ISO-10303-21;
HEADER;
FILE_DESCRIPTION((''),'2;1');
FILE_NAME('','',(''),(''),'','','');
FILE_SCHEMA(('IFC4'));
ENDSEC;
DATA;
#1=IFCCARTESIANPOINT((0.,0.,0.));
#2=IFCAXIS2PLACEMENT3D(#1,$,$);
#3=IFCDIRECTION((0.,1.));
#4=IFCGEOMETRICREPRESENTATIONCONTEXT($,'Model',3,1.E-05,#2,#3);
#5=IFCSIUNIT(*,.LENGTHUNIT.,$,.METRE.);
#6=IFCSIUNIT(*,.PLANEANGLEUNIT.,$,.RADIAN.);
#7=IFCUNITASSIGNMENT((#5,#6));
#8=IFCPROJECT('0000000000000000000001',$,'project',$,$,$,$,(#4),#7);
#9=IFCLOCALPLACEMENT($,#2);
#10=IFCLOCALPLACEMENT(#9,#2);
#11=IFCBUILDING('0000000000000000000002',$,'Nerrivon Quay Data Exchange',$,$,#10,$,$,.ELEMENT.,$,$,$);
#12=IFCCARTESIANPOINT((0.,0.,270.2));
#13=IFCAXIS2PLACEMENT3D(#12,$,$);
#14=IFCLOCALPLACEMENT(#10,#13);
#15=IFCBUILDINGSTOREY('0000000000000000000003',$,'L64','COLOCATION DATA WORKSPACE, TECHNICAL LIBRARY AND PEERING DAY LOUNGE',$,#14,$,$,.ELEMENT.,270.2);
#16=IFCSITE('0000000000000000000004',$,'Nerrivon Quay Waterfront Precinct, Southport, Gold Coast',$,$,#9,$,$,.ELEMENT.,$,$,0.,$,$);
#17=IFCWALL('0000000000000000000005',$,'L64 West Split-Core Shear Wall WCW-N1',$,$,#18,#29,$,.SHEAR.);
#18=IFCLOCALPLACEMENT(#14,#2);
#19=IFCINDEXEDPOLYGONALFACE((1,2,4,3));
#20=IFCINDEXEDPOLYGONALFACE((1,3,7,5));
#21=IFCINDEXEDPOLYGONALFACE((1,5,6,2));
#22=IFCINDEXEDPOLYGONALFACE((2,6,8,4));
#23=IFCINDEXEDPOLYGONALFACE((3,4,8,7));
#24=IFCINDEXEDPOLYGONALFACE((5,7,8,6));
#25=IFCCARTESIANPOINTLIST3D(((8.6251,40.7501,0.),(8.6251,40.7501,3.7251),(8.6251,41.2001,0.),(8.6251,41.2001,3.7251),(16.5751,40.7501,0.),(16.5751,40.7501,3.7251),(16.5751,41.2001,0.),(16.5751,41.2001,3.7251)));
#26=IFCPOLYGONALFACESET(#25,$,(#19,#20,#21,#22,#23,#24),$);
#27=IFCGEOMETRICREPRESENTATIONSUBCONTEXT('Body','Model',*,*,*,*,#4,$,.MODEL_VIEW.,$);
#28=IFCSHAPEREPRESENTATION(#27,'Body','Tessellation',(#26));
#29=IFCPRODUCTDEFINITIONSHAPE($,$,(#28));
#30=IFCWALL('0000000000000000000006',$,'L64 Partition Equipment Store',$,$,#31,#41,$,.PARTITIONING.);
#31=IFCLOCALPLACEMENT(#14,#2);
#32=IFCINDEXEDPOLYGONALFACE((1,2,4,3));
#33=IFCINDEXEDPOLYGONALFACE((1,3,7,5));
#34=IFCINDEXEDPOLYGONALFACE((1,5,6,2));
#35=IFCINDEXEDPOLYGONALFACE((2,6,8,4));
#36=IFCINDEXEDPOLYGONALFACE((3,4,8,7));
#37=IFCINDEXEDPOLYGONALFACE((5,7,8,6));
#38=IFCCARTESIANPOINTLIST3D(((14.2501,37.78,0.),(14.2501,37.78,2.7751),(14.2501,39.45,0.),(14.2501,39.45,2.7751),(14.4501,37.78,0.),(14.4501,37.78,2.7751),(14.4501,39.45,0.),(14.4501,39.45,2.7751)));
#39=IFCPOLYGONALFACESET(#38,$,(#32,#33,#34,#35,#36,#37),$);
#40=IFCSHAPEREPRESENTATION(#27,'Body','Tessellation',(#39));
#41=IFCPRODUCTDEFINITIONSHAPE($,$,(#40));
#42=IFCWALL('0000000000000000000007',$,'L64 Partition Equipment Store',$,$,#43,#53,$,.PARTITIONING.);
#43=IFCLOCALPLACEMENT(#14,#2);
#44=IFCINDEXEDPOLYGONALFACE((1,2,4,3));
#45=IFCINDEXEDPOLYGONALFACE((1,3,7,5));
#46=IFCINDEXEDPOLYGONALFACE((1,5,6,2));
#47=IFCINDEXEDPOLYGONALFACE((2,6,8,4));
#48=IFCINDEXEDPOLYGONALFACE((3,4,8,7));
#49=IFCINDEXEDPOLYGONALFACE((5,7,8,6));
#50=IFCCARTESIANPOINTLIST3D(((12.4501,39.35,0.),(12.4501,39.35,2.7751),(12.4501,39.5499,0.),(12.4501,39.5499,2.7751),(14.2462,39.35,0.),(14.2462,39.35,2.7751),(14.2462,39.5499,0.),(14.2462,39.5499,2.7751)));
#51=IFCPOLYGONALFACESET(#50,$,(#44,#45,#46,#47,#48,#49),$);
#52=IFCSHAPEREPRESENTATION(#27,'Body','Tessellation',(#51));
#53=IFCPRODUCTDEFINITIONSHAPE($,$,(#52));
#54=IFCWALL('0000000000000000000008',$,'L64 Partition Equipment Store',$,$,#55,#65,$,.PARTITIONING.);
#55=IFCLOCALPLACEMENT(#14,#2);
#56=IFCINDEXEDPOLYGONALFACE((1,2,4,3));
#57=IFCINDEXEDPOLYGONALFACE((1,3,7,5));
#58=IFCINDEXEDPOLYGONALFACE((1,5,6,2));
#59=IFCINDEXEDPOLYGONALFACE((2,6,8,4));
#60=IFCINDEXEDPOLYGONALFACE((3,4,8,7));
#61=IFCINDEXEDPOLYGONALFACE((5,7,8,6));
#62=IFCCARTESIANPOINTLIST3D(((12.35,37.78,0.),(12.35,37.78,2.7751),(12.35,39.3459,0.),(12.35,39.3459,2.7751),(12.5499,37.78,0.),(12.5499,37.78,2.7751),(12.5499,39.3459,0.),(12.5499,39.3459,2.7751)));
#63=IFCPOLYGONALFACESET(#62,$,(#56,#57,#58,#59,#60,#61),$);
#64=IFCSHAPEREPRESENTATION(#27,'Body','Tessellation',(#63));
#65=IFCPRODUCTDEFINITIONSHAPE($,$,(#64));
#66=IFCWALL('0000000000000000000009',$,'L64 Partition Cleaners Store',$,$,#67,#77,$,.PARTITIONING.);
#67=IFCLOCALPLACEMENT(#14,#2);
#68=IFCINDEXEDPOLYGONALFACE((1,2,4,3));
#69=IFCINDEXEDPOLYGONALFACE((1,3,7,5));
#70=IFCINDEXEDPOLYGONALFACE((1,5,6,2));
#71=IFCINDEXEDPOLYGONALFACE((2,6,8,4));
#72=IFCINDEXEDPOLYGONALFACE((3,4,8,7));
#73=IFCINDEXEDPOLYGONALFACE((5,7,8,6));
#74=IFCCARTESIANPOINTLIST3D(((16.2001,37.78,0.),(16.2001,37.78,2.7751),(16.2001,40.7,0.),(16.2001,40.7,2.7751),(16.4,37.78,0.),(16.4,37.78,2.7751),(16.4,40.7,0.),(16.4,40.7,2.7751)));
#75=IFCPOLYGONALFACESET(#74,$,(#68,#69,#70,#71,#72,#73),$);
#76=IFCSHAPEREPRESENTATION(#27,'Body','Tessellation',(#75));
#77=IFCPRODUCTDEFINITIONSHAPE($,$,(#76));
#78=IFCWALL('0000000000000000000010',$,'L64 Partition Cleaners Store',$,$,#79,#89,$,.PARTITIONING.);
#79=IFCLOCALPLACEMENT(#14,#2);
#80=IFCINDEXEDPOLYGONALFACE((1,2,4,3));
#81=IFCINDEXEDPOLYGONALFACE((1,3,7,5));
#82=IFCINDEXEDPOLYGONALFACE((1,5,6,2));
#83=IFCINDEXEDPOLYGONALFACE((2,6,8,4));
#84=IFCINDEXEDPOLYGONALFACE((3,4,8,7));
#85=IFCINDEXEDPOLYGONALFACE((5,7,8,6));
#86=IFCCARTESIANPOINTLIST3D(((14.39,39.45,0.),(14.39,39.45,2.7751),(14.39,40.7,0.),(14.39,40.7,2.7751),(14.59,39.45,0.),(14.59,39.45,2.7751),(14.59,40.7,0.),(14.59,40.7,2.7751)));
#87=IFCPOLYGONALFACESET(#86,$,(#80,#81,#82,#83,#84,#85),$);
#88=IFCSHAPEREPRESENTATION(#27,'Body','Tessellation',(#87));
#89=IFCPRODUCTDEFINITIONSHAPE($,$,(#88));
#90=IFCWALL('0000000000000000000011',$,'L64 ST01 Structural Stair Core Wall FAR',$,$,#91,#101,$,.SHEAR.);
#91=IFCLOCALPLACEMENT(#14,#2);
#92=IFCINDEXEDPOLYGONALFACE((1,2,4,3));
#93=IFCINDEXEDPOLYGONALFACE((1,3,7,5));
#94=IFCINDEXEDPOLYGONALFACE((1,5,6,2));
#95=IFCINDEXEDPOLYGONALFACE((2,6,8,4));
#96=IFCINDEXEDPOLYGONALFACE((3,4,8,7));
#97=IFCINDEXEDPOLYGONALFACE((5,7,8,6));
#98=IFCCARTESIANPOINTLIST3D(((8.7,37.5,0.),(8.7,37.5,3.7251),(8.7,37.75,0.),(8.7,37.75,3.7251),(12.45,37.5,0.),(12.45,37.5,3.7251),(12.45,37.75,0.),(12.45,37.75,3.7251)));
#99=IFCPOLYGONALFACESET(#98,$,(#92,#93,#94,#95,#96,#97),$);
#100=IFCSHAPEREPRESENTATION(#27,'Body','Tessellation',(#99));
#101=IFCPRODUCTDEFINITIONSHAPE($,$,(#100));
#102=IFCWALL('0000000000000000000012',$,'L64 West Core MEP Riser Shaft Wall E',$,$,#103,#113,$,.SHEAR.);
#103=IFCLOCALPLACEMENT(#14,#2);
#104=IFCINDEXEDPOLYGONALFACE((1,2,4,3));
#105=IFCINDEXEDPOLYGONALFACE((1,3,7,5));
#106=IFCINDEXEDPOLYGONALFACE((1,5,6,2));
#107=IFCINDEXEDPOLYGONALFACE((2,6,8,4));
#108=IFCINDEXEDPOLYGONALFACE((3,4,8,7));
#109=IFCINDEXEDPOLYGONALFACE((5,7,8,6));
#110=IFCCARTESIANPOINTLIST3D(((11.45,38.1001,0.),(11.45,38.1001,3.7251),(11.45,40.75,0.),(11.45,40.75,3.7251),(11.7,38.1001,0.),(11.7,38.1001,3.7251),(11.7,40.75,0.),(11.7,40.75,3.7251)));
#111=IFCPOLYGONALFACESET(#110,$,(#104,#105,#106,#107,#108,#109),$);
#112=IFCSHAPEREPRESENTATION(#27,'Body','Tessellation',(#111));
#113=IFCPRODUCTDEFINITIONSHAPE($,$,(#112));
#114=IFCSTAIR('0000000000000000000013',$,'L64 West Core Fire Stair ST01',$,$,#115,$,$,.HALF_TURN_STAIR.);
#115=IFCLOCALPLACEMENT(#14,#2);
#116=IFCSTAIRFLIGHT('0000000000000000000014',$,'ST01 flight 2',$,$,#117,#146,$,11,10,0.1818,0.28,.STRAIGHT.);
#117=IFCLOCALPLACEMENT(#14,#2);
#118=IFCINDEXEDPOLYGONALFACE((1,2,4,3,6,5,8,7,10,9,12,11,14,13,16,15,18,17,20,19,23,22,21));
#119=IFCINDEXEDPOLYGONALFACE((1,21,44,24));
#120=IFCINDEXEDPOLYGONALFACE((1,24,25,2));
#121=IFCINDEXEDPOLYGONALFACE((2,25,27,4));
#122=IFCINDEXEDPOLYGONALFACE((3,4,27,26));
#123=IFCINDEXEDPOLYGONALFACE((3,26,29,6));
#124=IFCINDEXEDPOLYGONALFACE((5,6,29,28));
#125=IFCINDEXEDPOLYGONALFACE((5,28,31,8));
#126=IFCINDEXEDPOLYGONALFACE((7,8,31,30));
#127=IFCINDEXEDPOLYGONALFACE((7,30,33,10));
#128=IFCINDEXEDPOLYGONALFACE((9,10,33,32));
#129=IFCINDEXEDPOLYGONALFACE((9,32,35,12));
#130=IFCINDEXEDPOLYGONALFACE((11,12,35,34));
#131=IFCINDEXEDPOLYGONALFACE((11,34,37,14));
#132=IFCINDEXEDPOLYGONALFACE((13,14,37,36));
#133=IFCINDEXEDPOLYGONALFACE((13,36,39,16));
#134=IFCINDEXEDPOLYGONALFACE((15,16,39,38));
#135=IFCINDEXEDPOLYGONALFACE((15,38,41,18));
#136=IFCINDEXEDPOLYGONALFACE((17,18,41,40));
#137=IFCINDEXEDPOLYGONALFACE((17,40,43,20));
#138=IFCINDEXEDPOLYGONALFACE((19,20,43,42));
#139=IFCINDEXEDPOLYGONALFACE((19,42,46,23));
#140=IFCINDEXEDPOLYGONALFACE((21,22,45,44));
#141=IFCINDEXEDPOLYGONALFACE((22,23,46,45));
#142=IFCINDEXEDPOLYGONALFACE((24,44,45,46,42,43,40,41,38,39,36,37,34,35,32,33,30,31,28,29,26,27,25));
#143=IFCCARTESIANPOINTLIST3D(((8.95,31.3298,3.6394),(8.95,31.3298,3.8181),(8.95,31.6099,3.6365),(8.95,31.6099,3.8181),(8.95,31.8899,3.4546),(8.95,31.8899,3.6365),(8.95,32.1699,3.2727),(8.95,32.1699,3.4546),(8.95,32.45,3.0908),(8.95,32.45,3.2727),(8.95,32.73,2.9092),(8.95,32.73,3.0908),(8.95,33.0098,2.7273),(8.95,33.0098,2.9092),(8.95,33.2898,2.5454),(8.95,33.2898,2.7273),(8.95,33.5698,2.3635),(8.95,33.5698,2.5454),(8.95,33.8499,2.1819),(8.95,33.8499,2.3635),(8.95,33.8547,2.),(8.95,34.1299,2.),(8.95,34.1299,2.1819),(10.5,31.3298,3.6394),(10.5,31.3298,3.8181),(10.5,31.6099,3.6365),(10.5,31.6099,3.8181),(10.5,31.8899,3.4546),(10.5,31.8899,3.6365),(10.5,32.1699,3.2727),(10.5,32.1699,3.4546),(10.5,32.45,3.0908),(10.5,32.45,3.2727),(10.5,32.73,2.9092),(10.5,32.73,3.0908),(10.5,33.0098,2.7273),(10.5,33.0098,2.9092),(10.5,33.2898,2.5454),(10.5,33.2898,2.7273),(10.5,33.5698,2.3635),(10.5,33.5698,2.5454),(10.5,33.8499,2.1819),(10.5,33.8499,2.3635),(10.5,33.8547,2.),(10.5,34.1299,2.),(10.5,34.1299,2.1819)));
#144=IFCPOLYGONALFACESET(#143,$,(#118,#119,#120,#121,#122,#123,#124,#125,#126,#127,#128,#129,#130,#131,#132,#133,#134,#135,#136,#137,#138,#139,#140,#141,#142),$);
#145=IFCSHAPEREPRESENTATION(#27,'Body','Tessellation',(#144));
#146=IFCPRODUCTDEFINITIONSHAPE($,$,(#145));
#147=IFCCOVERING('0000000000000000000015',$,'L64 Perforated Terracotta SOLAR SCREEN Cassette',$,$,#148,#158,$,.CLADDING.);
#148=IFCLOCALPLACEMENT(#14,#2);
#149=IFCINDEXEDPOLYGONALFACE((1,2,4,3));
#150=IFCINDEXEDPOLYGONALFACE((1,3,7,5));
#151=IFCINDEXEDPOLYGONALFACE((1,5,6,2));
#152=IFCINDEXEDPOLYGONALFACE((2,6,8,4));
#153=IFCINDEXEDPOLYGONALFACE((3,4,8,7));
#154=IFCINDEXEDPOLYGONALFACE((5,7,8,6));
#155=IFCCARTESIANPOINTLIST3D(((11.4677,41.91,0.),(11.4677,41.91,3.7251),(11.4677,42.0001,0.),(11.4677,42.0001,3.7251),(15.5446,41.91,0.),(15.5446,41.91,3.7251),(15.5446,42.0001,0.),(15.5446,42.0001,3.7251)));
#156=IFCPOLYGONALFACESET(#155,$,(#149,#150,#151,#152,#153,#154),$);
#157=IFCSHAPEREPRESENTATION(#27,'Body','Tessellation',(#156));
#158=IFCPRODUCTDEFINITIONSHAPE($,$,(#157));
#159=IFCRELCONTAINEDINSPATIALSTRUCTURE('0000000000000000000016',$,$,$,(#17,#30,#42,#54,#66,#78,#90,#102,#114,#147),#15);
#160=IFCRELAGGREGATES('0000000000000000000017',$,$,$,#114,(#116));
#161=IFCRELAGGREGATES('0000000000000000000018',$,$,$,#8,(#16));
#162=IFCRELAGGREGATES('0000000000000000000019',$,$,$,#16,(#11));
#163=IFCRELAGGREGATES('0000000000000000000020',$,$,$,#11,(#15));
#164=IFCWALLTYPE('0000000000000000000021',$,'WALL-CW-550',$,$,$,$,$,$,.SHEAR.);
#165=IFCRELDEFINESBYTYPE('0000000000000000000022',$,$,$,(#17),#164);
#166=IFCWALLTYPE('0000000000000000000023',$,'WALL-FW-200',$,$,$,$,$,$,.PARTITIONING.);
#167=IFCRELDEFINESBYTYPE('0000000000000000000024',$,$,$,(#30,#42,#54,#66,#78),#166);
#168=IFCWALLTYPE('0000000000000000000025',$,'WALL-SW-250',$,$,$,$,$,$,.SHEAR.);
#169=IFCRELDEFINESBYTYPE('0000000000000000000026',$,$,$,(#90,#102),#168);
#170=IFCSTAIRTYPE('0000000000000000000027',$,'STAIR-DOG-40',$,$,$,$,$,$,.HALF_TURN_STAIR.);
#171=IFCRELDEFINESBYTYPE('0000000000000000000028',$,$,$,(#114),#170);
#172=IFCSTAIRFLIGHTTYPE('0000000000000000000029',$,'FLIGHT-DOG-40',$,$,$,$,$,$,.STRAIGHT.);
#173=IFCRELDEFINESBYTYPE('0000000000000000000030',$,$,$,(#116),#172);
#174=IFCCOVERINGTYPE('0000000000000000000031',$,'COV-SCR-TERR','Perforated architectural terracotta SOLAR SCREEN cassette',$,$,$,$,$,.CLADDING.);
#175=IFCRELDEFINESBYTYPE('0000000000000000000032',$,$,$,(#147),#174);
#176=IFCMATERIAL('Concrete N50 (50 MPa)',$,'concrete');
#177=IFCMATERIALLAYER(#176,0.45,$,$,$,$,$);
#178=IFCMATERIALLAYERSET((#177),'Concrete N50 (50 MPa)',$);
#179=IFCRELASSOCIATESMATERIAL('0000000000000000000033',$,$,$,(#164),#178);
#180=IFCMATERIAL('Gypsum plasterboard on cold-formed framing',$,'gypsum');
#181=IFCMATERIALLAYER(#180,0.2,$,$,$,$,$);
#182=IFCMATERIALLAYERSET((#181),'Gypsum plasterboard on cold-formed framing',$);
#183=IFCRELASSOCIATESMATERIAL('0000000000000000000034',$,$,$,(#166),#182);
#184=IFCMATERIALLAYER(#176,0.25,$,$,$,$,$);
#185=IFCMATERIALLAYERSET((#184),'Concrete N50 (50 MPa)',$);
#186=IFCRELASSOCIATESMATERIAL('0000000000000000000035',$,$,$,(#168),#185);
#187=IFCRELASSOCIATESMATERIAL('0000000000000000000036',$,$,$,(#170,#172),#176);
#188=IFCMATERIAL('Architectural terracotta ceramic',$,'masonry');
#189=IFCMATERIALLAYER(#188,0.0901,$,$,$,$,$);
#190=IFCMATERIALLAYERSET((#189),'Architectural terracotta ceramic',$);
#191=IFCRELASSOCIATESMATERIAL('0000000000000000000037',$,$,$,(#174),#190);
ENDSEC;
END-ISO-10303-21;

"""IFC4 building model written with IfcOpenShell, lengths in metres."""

from ifc_helpers import new_model, si_unit, direction, frame, frame_2d, origin, origin_2d, place, context, subcontext, project, spatial, polyline, rectangle, outline, extrude, material, layer, layer_set, type_object, element, aggregate, save


model = new_model("IFC4")

# Units and contexts
model_context = context("Model", 3, precision=1e-05, world=origin(), true_north=direction((0.0, 1.0)))
body_context = subcontext(model_context, "Body", "Model", "MODEL_VIEW")
ifc_project = project(units=[si_unit("LENGTHUNIT", "METRE"), si_unit("PLANEANGLEUNIT", "RADIAN")], contexts=[model_context])

# Site, building, storey
site_placement = place(None, origin())
site = spatial("IfcSite", under=ifc_project, at=site_placement, Name="Nerrivon Quay Waterfront Precinct, Southport, Gold Coast", CompositionType="ELEMENT", RefElevation=0.0)
building_placement = place(site_placement, origin())
building = spatial("IfcBuilding", under=site, at=building_placement, Name="Nerrivon Quay Data Exchange", CompositionType="ELEMENT")
storey_placement = place(building_placement, frame((0.0, 0.0, 270.2)))
storey = spatial("IfcBuildingStorey", under=building, at=storey_placement, Name="L64", Description="COLOCATION DATA WORKSPACE, TECHNICAL LIBRARY AND PEERING DAY LOUNGE", CompositionType="ELEMENT", Elevation=270.2)

# Shared definitions
ifc_material_1 = material(Name="Concrete N50 (50 MPa)", Category="concrete")

# Walls
ifc_layer_1 = layer(ifc_material_1, 0.45)
ifc_layer_set_1 = layer_set([ifc_layer_1], Name="Concrete N50 (50 MPa)")
wall_type_1 = type_object("IfcWallType", Name="WALL-CW-550", PredefinedType="SHEAR", material=ifc_layer_set_1)
wall_1_placement = place(storey_placement, frame((8.625, 40.9751, 0.0), z_axis=(0.0, 0.0, 1.0), x_axis=(1.0, 0.0, 0.0)))
element("IfcWall", 1, at=wall_1_placement, inside=storey, type_object=wall_type_1, Name="L64 West Split-Core Shear Wall WCW-N1", PredefinedType="SHEAR", context=body_context, shape_type="SweptSolid", body=[
    extrude(rectangle(XDim=7.95, YDim=0.45, at=frame_2d((3.9751, 0.0))), origin(), (0.0, 0.0, 1.0), 3.7251),
])
ifc_material_2 = material(Name="Gypsum plasterboard on cold-formed framing", Category="gypsum")
ifc_layer_2 = layer(ifc_material_2, 0.2)
ifc_layer_set_2 = layer_set([ifc_layer_2], Name="Gypsum plasterboard on cold-formed framing")
wall_type_2 = type_object("IfcWallType", Name="WALL-FW-200", PredefinedType="PARTITIONING", material=ifc_layer_set_2)
wall_2_placement = place(storey_placement, frame((14.3501, 37.78, 0.0), z_axis=(0.0, 0.0, 1.0), x_axis=(0.0, 1.0, 0.0)))
element("IfcWall", 2, at=wall_2_placement, inside=storey, type_object=wall_type_2, Name="L64 Partition Equipment Store", PredefinedType="PARTITIONING", context=body_context, shape_type="SweptSolid", body=[
    extrude(rectangle(XDim=1.6699, YDim=0.2, at=frame_2d((0.835, 0.0))), origin(), (0.0, 0.0, 1.0), 2.7751),
])
wall_3_placement = place(storey_placement, frame((14.2461, 39.45, 0.0), z_axis=(0.0, 0.0, 1.0), x_axis=(-1.0, 0.0, 0.0)))
element("IfcWall", 3, at=wall_3_placement, inside=storey, type_object=wall_type_2, Name="L64 Partition Equipment Store", PredefinedType="PARTITIONING", context=body_context, shape_type="SweptSolid", body=[
    extrude(rectangle(XDim=1.7961, YDim=0.2, at=frame_2d((0.8979, 0.0))), origin(), (0.0, 0.0, 1.0), 2.7751),
])
wall_4_placement = place(storey_placement, frame((12.45, 39.3459, 0.0), z_axis=(0.0, 0.0, 1.0), x_axis=(0.0, -1.0, 0.0)))
element("IfcWall", 4, at=wall_4_placement, inside=storey, type_object=wall_type_2, Name="L64 Partition Equipment Store", PredefinedType="PARTITIONING", context=body_context, shape_type="SweptSolid", body=[
    extrude(rectangle(XDim=1.5659, YDim=0.2, at=frame_2d((0.783, 0.0))), origin(), (0.0, 0.0, 1.0), 2.7751),
])
wall_5_placement = place(storey_placement, frame((16.3, 37.78, 0.0), z_axis=(0.0, 0.0, 1.0), x_axis=(0.0, 1.0, 0.0)))
element("IfcWall", 5, at=wall_5_placement, inside=storey, type_object=wall_type_2, Name="L64 Partition Cleaners Store", PredefinedType="PARTITIONING", context=body_context, shape_type="SweptSolid", body=[
    extrude(rectangle(XDim=2.9199, YDim=0.2, at=frame_2d((1.46, 0.0))), origin(), (0.0, 0.0, 1.0), 2.7751),
])
wall_6_placement = place(storey_placement, frame((14.49, 40.7, 0.0), z_axis=(0.0, 0.0, 1.0), x_axis=(0.0, -1.0, 0.0)))
element("IfcWall", 6, at=wall_6_placement, inside=storey, type_object=wall_type_2, Name="L64 Partition Cleaners Store", PredefinedType="PARTITIONING", context=body_context, shape_type="SweptSolid", body=[
    extrude(rectangle(XDim=1.25, YDim=0.2, at=frame_2d((0.625, 0.0))), origin(), (0.0, 0.0, 1.0), 2.7751),
])
ifc_layer_3 = layer(ifc_material_1, 0.25)
ifc_layer_set_3 = layer_set([ifc_layer_3], Name="Concrete N50 (50 MPa)")
wall_type_3 = type_object("IfcWallType", Name="WALL-SW-250", PredefinedType="SHEAR", material=ifc_layer_set_3)
wall_7_placement = place(storey_placement, frame((12.45, 37.625, 0.0), z_axis=(0.0, 0.0, 1.0), x_axis=(-1.0, 0.0, 0.0)))
element("IfcWall", 7, at=wall_7_placement, inside=storey, type_object=wall_type_3, Name="L64 ST01 Structural Stair Core Wall FAR", PredefinedType="SHEAR", context=body_context, shape_type="SweptSolid", body=[
    extrude(rectangle(XDim=3.75, YDim=0.25, at=frame_2d((1.875, 0.0))), origin(), (0.0, 0.0, 1.0), 3.7251),
])
wall_8_placement = place(storey_placement, frame((11.575, 38.1001, 0.0), z_axis=(0.0, 0.0, 1.0), x_axis=(0.0, 1.0, 0.0)))
element("IfcWall", 8, at=wall_8_placement, inside=storey, type_object=wall_type_3, Name="L64 West Core MEP Riser Shaft Wall E", PredefinedType="SHEAR", context=body_context, shape_type="SweptSolid", body=[
    extrude(rectangle(XDim=2.6499, YDim=0.25, at=frame_2d((1.325, 0.0))), origin(), (0.0, 0.0, 1.0), 3.7251),
])

# Stair, stair flight
stair_type = type_object("IfcStairType", Name="STAIR-DOG-40", PredefinedType="HALF_TURN_STAIR", material=ifc_material_1)
stair_placement = place(storey_placement, origin())
stair = element("IfcStair", 9, at=stair_placement, inside=storey, type_object=stair_type, Name="L64 West Core Fire Stair ST01", PredefinedType="HALF_TURN_STAIR")
stair_flight_type = type_object("IfcStairFlightType", Name="FLIGHT-DOG-40", PredefinedType="STRAIGHT", material=ifc_material_1)
stair_flight_placement = place(storey_placement, frame((9.7251, 34.1299, 2.0), z_axis=(0.0, 0.0, 1.0), x_axis=(0.0, -1.0, 0.0)))
stair_flight = element("IfcStairFlight", 10, at=stair_flight_placement, type_object=stair_flight_type, Name="ST01 flight 2", NumberOfRisers=11, NumberOfTreads=10, PredefinedType="STRAIGHT", RiserHeight=0.1818, TreadLength=0.28, context=body_context, shape_type="SweptSolid", body=[
    extrude(outline(polyline([(0.0, 0.0), (0.0, 0.1819), (0.28, 0.1819), (0.28, 0.3635), (0.5601, 0.3635), (0.5601, 0.5454), (0.8401, 0.5454), (0.8401, 0.7273), (1.1201, 0.7273), (1.1201, 0.9092), (1.3999, 0.9092), (1.3999, 1.0908), (1.6799, 1.0908), (1.6799, 1.2727), (1.96, 1.2727), (1.96, 1.4546), (2.24, 1.4546), (2.24, 1.6365), (2.52, 1.6365), (2.52, 1.8181), (2.8, 1.8181), (2.8, 2.0), (2.8, 1.6394), (0.2751, 0.0), (0.0, 0.0)])), frame((0.0, 0.7749, 0.0), z_axis=(0.0, -1.0, 0.0), x_axis=(1.0, 0.0, 0.0)), (0.0, 0.0, 1.0), 1.55),
])
aggregate(stair, [stair_flight])

# Covering
ifc_material_3 = material(Name="Architectural terracotta ceramic", Category="masonry")
ifc_layer_4 = layer(ifc_material_3, 0.0901)
ifc_layer_set_4 = layer_set([ifc_layer_4], Name="Architectural terracotta ceramic")
covering_type = type_object("IfcCoveringType", Name="COV-SCR-TERR", Description="Perforated architectural terracotta SOLAR SCREEN cassette", PredefinedType="CLADDING", material=ifc_layer_set_4)
covering_placement = place(storey_placement, frame((13.5061, 41.9551, 0.0), z_axis=(0.0, 0.0, 1.0), x_axis=(1.0, 0.0, 0.0)))
element("IfcCovering", 11, at=covering_placement, inside=storey, type_object=covering_type, Name="L64 Perforated Terracotta SOLAR SCREEN Cassette", PredefinedType="CLADDING", context=body_context, shape_type="SweptSolid", body=[
    extrude(rectangle(XDim=4.0769, YDim=0.0901, at=origin_2d()), origin(), (0.0, 0.0, 1.0), 3.7251),
])

save(model, "model.ifc")
